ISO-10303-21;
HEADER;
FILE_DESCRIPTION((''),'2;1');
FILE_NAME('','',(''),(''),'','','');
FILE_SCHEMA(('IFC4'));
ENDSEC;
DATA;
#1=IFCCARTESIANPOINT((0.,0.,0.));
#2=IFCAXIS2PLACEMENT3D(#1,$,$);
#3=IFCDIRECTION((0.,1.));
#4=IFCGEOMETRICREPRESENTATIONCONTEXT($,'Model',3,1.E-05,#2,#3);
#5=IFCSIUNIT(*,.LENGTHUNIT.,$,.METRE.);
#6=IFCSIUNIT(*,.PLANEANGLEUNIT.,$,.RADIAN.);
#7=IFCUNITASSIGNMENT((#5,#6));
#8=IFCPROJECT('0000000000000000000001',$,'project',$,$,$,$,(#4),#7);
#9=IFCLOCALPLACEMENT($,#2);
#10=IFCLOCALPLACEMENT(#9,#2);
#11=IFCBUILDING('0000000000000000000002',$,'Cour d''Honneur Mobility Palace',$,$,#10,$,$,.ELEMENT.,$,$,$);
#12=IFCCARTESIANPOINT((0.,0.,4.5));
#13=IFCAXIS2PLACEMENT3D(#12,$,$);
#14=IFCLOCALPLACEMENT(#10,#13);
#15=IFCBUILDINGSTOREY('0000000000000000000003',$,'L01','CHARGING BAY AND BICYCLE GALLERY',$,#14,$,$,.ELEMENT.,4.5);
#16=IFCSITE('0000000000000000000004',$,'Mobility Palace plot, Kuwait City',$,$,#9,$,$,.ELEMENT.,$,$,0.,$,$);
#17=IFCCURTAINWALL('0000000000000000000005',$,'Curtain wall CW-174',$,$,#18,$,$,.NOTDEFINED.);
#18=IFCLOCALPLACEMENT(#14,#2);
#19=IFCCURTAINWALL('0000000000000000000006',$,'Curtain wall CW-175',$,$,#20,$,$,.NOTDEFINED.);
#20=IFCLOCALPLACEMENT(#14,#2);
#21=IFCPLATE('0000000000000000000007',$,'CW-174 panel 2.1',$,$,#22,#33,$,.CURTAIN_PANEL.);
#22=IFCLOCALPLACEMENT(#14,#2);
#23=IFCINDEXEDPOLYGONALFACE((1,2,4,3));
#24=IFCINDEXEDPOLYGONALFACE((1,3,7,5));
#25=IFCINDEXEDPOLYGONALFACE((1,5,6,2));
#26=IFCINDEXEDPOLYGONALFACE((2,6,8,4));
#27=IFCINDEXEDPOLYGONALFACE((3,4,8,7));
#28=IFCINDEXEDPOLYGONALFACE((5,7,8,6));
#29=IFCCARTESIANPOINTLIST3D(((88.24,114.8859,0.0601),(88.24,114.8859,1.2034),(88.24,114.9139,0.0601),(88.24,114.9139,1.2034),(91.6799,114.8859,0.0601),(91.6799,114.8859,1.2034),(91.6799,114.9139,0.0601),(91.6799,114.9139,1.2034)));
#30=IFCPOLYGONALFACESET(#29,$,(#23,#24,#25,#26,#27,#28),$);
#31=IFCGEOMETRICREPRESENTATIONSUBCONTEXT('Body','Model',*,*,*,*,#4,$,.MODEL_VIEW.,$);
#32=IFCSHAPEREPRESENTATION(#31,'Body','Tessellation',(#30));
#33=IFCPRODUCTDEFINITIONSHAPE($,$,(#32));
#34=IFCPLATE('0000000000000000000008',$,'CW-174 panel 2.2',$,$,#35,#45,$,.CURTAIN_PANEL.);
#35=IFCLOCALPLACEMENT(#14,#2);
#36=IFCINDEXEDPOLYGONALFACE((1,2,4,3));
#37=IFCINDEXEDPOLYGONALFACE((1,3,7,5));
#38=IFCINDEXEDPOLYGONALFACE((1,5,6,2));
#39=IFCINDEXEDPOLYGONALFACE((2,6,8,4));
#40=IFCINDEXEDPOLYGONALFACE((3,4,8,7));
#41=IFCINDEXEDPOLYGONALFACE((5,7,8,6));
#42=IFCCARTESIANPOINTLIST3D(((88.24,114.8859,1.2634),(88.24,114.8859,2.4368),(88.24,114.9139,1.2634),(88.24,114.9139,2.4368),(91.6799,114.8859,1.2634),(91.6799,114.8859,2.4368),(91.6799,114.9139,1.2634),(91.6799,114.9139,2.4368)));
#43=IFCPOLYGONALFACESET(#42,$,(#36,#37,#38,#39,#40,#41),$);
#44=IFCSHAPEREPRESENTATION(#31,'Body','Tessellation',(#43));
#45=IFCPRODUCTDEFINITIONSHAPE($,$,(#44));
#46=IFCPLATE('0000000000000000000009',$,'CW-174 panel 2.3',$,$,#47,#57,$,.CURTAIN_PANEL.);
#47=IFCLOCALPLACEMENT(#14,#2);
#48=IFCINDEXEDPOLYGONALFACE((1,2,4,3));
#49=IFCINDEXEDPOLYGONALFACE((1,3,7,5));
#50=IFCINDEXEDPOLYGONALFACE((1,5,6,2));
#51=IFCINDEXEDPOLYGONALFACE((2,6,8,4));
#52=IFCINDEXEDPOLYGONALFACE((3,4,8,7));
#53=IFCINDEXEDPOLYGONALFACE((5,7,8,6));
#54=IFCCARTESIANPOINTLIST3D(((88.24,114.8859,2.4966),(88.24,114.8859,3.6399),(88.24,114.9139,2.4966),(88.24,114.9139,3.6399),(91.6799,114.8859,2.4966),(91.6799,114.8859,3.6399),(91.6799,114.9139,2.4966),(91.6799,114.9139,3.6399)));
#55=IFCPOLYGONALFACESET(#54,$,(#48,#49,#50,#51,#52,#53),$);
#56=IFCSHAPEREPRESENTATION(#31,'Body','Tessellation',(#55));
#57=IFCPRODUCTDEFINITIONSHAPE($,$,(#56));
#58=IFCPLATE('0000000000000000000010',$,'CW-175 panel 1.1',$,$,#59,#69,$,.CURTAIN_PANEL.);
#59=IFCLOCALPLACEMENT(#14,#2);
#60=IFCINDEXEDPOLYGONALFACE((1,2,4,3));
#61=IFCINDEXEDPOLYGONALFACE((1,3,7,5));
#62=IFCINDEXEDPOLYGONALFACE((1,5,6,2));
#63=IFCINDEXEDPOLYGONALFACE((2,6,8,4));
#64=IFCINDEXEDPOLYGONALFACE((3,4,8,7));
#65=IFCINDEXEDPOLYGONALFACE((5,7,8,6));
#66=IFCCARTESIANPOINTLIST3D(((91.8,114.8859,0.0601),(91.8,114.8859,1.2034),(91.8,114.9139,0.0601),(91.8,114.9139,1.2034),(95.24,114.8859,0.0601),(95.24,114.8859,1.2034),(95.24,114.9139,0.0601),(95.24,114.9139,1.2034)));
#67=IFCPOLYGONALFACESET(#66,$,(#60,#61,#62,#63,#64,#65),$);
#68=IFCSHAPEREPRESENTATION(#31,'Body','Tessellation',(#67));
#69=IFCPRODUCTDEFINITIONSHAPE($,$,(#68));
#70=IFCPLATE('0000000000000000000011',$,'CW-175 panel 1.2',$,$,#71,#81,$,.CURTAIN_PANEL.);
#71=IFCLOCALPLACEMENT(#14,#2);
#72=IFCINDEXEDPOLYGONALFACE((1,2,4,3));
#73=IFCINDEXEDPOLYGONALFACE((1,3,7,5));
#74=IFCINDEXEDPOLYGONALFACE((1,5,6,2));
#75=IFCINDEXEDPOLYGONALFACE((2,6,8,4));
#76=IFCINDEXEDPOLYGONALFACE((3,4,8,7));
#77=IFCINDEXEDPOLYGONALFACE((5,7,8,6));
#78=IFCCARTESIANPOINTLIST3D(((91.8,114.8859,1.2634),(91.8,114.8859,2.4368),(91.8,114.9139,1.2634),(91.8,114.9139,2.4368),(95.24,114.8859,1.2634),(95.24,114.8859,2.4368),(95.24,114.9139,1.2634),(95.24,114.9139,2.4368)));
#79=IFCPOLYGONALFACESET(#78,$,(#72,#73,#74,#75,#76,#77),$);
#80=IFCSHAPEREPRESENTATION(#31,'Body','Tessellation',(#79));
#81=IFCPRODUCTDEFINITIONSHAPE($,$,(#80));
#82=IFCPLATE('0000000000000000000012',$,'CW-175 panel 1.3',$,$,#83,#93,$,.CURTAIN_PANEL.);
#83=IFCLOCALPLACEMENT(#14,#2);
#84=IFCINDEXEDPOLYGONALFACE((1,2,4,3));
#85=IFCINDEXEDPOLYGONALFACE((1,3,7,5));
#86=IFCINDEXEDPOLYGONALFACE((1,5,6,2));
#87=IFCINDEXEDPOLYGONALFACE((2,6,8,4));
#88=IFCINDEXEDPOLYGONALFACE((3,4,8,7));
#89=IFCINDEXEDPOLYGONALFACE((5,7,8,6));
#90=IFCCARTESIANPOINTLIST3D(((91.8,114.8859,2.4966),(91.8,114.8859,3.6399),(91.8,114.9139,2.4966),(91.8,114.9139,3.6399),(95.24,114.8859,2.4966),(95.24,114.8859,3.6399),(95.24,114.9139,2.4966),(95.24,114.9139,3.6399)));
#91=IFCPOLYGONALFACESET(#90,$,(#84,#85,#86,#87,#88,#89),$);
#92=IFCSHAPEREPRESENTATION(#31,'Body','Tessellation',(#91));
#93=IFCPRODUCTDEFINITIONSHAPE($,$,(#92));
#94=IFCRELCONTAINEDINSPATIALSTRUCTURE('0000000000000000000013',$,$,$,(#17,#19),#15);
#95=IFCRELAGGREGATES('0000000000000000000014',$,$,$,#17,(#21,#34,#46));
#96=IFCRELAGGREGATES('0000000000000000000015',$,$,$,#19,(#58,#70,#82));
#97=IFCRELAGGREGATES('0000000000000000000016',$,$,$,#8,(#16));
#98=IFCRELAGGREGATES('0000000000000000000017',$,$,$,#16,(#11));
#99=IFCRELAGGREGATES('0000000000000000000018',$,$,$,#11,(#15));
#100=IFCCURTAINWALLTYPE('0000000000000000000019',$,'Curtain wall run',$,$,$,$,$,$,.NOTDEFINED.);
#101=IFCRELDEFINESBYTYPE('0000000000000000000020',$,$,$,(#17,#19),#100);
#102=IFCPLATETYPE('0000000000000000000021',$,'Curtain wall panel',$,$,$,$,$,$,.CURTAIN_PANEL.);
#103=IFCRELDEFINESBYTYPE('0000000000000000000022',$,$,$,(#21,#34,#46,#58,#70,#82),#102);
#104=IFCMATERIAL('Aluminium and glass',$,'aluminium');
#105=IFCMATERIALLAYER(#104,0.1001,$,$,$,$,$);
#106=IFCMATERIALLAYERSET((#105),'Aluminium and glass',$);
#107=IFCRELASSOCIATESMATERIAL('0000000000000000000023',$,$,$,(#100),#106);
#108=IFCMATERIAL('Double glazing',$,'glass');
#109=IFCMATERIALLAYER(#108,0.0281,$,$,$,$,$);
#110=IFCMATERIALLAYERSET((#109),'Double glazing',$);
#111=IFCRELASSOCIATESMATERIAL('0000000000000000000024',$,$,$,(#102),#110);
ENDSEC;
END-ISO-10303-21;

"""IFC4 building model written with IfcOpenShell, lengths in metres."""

from ifc_helpers import new_model, si_unit, direction, frame, origin, origin_2d, place, context, subcontext, project, spatial, rectangle, extrude, material, layer, layer_set, type_object, element, aggregate, save


model = new_model("IFC4")

# Units and contexts
model_context = context("Model", 3, precision=1e-05, world=origin(), true_north=direction((0.0, 1.0)))
body_context = subcontext(model_context, "Body", "Model", "MODEL_VIEW")
ifc_project = project(units=[si_unit("LENGTHUNIT", "METRE"), si_unit("PLANEANGLEUNIT", "RADIAN")], contexts=[model_context])

# Site, building, storey
site_placement = place(None, origin())
site = spatial("IfcSite", under=ifc_project, at=site_placement, Name="Mobility Palace plot, Kuwait City", CompositionType="ELEMENT", RefElevation=0.0)
building_placement = place(site_placement, origin())
building = spatial("IfcBuilding", under=site, at=building_placement, Name="Cour d'Honneur Mobility Palace", CompositionType="ELEMENT")
storey_placement = place(building_placement, frame((0.0, 0.0, 4.5)))
storey = spatial("IfcBuildingStorey", under=building, at=storey_placement, Name="L01", Description="CHARGING BAY AND BICYCLE GALLERY", CompositionType="ELEMENT", Elevation=4.5)

# Curtain wall
ifc_material_1 = material(Name="Aluminium and glass", Category="aluminium")
ifc_layer_1 = layer(ifc_material_1, 0.1001)
ifc_layer_set_1 = layer_set([ifc_layer_1], Name="Aluminium and glass")
curtain_wall_type = type_object("IfcCurtainWallType", Name="Curtain wall run", PredefinedType="NOTDEFINED", material=ifc_layer_set_1)
curtain_wall_1_placement = place(storey_placement, origin())
curtain_wall_1 = element("IfcCurtainWall", 1, at=curtain_wall_1_placement, inside=storey, type_object=curtain_wall_type, Name="Curtain wall CW-174", PredefinedType="NOTDEFINED")

# Curtain wall
curtain_wall_2_placement = place(storey_placement, origin())
curtain_wall_2 = element("IfcCurtainWall", 2, at=curtain_wall_2_placement, inside=storey, type_object=curtain_wall_type, Name="Curtain wall CW-175", PredefinedType="NOTDEFINED")

# Plates
ifc_material_2 = material(Name="Double glazing", Category="glass")
ifc_layer_2 = layer(ifc_material_2, 0.0281)
ifc_layer_set_2 = layer_set([ifc_layer_2], Name="Double glazing")
plate_type = type_object("IfcPlateType", Name="Curtain wall panel", PredefinedType="CURTAIN_PANEL", material=ifc_layer_set_2)
plate_1_placement = place(storey_placement, frame((89.96, 114.8999, 0.0601), z_axis=(0.0, 0.0, 1.0), x_axis=(1.0, 0.0, 0.0)))
plate_1 = element("IfcPlate", 3, at=plate_1_placement, type_object=plate_type, Name="CW-174 panel 2.1", PredefinedType="CURTAIN_PANEL", context=body_context, shape_type="SweptSolid", body=[
    extrude(rectangle(XDim=3.4399, YDim=0.0281, at=origin_2d()), origin(), (0.0, 0.0, 1.0), 1.1433),
])
plate_2_placement = place(storey_placement, frame((89.96, 114.8999, 1.2634), z_axis=(0.0, 0.0, 1.0), x_axis=(1.0, 0.0, 0.0)))
plate_2 = element("IfcPlate", 4, at=plate_2_placement, type_object=plate_type, Name="CW-174 panel 2.2", PredefinedType="CURTAIN_PANEL", context=body_context, shape_type="SweptSolid", body=[
    extrude(rectangle(XDim=3.4399, YDim=0.0281, at=origin_2d()), origin(), (0.0, 0.0, 1.0), 1.1733),
])
plate_3_placement = place(storey_placement, frame((89.96, 114.8999, 2.4966), z_axis=(0.0, 0.0, 1.0), x_axis=(1.0, 0.0, 0.0)))
plate_3 = element("IfcPlate", 5, at=plate_3_placement, type_object=plate_type, Name="CW-174 panel 2.3", PredefinedType="CURTAIN_PANEL", context=body_context, shape_type="SweptSolid", body=[
    extrude(rectangle(XDim=3.4399, YDim=0.0281, at=origin_2d()), origin(), (0.0, 0.0, 1.0), 1.1433),
])
aggregate(curtain_wall_1, [plate_1, plate_2, plate_3])
plate_4_placement = place(storey_placement, frame((93.52, 114.8999, 0.0601), z_axis=(0.0, 0.0, 1.0), x_axis=(1.0, 0.0, 0.0)))
plate_4 = element("IfcPlate", 6, at=plate_4_placement, type_object=plate_type, Name="CW-175 panel 1.1", PredefinedType="CURTAIN_PANEL", context=body_context, shape_type="SweptSolid", body=[
    extrude(rectangle(XDim=3.4399, YDim=0.0281, at=origin_2d()), origin(), (0.0, 0.0, 1.0), 1.1433),
])
plate_5_placement = place(storey_placement, frame((93.52, 114.8999, 1.2634), z_axis=(0.0, 0.0, 1.0), x_axis=(1.0, 0.0, 0.0)))
plate_5 = element("IfcPlate", 7, at=plate_5_placement, type_object=plate_type, Name="CW-175 panel 1.2", PredefinedType="CURTAIN_PANEL", context=body_context, shape_type="SweptSolid", body=[
    extrude(rectangle(XDim=3.4399, YDim=0.0281, at=origin_2d()), origin(), (0.0, 0.0, 1.0), 1.1733),
])
plate_6_placement = place(storey_placement, frame((93.52, 114.8999, 2.4966), z_axis=(0.0, 0.0, 1.0), x_axis=(1.0, 0.0, 0.0)))
plate_6 = element("IfcPlate", 8, at=plate_6_placement, type_object=plate_type, Name="CW-175 panel 1.3", PredefinedType="CURTAIN_PANEL", context=body_context, shape_type="SweptSolid", body=[
    extrude(rectangle(XDim=3.4399, YDim=0.0281, at=origin_2d()), origin(), (0.0, 0.0, 1.0), 1.1433),
])
aggregate(curtain_wall_2, [plate_4, plate_5, plate_6])

save(model, "model.ifc")
